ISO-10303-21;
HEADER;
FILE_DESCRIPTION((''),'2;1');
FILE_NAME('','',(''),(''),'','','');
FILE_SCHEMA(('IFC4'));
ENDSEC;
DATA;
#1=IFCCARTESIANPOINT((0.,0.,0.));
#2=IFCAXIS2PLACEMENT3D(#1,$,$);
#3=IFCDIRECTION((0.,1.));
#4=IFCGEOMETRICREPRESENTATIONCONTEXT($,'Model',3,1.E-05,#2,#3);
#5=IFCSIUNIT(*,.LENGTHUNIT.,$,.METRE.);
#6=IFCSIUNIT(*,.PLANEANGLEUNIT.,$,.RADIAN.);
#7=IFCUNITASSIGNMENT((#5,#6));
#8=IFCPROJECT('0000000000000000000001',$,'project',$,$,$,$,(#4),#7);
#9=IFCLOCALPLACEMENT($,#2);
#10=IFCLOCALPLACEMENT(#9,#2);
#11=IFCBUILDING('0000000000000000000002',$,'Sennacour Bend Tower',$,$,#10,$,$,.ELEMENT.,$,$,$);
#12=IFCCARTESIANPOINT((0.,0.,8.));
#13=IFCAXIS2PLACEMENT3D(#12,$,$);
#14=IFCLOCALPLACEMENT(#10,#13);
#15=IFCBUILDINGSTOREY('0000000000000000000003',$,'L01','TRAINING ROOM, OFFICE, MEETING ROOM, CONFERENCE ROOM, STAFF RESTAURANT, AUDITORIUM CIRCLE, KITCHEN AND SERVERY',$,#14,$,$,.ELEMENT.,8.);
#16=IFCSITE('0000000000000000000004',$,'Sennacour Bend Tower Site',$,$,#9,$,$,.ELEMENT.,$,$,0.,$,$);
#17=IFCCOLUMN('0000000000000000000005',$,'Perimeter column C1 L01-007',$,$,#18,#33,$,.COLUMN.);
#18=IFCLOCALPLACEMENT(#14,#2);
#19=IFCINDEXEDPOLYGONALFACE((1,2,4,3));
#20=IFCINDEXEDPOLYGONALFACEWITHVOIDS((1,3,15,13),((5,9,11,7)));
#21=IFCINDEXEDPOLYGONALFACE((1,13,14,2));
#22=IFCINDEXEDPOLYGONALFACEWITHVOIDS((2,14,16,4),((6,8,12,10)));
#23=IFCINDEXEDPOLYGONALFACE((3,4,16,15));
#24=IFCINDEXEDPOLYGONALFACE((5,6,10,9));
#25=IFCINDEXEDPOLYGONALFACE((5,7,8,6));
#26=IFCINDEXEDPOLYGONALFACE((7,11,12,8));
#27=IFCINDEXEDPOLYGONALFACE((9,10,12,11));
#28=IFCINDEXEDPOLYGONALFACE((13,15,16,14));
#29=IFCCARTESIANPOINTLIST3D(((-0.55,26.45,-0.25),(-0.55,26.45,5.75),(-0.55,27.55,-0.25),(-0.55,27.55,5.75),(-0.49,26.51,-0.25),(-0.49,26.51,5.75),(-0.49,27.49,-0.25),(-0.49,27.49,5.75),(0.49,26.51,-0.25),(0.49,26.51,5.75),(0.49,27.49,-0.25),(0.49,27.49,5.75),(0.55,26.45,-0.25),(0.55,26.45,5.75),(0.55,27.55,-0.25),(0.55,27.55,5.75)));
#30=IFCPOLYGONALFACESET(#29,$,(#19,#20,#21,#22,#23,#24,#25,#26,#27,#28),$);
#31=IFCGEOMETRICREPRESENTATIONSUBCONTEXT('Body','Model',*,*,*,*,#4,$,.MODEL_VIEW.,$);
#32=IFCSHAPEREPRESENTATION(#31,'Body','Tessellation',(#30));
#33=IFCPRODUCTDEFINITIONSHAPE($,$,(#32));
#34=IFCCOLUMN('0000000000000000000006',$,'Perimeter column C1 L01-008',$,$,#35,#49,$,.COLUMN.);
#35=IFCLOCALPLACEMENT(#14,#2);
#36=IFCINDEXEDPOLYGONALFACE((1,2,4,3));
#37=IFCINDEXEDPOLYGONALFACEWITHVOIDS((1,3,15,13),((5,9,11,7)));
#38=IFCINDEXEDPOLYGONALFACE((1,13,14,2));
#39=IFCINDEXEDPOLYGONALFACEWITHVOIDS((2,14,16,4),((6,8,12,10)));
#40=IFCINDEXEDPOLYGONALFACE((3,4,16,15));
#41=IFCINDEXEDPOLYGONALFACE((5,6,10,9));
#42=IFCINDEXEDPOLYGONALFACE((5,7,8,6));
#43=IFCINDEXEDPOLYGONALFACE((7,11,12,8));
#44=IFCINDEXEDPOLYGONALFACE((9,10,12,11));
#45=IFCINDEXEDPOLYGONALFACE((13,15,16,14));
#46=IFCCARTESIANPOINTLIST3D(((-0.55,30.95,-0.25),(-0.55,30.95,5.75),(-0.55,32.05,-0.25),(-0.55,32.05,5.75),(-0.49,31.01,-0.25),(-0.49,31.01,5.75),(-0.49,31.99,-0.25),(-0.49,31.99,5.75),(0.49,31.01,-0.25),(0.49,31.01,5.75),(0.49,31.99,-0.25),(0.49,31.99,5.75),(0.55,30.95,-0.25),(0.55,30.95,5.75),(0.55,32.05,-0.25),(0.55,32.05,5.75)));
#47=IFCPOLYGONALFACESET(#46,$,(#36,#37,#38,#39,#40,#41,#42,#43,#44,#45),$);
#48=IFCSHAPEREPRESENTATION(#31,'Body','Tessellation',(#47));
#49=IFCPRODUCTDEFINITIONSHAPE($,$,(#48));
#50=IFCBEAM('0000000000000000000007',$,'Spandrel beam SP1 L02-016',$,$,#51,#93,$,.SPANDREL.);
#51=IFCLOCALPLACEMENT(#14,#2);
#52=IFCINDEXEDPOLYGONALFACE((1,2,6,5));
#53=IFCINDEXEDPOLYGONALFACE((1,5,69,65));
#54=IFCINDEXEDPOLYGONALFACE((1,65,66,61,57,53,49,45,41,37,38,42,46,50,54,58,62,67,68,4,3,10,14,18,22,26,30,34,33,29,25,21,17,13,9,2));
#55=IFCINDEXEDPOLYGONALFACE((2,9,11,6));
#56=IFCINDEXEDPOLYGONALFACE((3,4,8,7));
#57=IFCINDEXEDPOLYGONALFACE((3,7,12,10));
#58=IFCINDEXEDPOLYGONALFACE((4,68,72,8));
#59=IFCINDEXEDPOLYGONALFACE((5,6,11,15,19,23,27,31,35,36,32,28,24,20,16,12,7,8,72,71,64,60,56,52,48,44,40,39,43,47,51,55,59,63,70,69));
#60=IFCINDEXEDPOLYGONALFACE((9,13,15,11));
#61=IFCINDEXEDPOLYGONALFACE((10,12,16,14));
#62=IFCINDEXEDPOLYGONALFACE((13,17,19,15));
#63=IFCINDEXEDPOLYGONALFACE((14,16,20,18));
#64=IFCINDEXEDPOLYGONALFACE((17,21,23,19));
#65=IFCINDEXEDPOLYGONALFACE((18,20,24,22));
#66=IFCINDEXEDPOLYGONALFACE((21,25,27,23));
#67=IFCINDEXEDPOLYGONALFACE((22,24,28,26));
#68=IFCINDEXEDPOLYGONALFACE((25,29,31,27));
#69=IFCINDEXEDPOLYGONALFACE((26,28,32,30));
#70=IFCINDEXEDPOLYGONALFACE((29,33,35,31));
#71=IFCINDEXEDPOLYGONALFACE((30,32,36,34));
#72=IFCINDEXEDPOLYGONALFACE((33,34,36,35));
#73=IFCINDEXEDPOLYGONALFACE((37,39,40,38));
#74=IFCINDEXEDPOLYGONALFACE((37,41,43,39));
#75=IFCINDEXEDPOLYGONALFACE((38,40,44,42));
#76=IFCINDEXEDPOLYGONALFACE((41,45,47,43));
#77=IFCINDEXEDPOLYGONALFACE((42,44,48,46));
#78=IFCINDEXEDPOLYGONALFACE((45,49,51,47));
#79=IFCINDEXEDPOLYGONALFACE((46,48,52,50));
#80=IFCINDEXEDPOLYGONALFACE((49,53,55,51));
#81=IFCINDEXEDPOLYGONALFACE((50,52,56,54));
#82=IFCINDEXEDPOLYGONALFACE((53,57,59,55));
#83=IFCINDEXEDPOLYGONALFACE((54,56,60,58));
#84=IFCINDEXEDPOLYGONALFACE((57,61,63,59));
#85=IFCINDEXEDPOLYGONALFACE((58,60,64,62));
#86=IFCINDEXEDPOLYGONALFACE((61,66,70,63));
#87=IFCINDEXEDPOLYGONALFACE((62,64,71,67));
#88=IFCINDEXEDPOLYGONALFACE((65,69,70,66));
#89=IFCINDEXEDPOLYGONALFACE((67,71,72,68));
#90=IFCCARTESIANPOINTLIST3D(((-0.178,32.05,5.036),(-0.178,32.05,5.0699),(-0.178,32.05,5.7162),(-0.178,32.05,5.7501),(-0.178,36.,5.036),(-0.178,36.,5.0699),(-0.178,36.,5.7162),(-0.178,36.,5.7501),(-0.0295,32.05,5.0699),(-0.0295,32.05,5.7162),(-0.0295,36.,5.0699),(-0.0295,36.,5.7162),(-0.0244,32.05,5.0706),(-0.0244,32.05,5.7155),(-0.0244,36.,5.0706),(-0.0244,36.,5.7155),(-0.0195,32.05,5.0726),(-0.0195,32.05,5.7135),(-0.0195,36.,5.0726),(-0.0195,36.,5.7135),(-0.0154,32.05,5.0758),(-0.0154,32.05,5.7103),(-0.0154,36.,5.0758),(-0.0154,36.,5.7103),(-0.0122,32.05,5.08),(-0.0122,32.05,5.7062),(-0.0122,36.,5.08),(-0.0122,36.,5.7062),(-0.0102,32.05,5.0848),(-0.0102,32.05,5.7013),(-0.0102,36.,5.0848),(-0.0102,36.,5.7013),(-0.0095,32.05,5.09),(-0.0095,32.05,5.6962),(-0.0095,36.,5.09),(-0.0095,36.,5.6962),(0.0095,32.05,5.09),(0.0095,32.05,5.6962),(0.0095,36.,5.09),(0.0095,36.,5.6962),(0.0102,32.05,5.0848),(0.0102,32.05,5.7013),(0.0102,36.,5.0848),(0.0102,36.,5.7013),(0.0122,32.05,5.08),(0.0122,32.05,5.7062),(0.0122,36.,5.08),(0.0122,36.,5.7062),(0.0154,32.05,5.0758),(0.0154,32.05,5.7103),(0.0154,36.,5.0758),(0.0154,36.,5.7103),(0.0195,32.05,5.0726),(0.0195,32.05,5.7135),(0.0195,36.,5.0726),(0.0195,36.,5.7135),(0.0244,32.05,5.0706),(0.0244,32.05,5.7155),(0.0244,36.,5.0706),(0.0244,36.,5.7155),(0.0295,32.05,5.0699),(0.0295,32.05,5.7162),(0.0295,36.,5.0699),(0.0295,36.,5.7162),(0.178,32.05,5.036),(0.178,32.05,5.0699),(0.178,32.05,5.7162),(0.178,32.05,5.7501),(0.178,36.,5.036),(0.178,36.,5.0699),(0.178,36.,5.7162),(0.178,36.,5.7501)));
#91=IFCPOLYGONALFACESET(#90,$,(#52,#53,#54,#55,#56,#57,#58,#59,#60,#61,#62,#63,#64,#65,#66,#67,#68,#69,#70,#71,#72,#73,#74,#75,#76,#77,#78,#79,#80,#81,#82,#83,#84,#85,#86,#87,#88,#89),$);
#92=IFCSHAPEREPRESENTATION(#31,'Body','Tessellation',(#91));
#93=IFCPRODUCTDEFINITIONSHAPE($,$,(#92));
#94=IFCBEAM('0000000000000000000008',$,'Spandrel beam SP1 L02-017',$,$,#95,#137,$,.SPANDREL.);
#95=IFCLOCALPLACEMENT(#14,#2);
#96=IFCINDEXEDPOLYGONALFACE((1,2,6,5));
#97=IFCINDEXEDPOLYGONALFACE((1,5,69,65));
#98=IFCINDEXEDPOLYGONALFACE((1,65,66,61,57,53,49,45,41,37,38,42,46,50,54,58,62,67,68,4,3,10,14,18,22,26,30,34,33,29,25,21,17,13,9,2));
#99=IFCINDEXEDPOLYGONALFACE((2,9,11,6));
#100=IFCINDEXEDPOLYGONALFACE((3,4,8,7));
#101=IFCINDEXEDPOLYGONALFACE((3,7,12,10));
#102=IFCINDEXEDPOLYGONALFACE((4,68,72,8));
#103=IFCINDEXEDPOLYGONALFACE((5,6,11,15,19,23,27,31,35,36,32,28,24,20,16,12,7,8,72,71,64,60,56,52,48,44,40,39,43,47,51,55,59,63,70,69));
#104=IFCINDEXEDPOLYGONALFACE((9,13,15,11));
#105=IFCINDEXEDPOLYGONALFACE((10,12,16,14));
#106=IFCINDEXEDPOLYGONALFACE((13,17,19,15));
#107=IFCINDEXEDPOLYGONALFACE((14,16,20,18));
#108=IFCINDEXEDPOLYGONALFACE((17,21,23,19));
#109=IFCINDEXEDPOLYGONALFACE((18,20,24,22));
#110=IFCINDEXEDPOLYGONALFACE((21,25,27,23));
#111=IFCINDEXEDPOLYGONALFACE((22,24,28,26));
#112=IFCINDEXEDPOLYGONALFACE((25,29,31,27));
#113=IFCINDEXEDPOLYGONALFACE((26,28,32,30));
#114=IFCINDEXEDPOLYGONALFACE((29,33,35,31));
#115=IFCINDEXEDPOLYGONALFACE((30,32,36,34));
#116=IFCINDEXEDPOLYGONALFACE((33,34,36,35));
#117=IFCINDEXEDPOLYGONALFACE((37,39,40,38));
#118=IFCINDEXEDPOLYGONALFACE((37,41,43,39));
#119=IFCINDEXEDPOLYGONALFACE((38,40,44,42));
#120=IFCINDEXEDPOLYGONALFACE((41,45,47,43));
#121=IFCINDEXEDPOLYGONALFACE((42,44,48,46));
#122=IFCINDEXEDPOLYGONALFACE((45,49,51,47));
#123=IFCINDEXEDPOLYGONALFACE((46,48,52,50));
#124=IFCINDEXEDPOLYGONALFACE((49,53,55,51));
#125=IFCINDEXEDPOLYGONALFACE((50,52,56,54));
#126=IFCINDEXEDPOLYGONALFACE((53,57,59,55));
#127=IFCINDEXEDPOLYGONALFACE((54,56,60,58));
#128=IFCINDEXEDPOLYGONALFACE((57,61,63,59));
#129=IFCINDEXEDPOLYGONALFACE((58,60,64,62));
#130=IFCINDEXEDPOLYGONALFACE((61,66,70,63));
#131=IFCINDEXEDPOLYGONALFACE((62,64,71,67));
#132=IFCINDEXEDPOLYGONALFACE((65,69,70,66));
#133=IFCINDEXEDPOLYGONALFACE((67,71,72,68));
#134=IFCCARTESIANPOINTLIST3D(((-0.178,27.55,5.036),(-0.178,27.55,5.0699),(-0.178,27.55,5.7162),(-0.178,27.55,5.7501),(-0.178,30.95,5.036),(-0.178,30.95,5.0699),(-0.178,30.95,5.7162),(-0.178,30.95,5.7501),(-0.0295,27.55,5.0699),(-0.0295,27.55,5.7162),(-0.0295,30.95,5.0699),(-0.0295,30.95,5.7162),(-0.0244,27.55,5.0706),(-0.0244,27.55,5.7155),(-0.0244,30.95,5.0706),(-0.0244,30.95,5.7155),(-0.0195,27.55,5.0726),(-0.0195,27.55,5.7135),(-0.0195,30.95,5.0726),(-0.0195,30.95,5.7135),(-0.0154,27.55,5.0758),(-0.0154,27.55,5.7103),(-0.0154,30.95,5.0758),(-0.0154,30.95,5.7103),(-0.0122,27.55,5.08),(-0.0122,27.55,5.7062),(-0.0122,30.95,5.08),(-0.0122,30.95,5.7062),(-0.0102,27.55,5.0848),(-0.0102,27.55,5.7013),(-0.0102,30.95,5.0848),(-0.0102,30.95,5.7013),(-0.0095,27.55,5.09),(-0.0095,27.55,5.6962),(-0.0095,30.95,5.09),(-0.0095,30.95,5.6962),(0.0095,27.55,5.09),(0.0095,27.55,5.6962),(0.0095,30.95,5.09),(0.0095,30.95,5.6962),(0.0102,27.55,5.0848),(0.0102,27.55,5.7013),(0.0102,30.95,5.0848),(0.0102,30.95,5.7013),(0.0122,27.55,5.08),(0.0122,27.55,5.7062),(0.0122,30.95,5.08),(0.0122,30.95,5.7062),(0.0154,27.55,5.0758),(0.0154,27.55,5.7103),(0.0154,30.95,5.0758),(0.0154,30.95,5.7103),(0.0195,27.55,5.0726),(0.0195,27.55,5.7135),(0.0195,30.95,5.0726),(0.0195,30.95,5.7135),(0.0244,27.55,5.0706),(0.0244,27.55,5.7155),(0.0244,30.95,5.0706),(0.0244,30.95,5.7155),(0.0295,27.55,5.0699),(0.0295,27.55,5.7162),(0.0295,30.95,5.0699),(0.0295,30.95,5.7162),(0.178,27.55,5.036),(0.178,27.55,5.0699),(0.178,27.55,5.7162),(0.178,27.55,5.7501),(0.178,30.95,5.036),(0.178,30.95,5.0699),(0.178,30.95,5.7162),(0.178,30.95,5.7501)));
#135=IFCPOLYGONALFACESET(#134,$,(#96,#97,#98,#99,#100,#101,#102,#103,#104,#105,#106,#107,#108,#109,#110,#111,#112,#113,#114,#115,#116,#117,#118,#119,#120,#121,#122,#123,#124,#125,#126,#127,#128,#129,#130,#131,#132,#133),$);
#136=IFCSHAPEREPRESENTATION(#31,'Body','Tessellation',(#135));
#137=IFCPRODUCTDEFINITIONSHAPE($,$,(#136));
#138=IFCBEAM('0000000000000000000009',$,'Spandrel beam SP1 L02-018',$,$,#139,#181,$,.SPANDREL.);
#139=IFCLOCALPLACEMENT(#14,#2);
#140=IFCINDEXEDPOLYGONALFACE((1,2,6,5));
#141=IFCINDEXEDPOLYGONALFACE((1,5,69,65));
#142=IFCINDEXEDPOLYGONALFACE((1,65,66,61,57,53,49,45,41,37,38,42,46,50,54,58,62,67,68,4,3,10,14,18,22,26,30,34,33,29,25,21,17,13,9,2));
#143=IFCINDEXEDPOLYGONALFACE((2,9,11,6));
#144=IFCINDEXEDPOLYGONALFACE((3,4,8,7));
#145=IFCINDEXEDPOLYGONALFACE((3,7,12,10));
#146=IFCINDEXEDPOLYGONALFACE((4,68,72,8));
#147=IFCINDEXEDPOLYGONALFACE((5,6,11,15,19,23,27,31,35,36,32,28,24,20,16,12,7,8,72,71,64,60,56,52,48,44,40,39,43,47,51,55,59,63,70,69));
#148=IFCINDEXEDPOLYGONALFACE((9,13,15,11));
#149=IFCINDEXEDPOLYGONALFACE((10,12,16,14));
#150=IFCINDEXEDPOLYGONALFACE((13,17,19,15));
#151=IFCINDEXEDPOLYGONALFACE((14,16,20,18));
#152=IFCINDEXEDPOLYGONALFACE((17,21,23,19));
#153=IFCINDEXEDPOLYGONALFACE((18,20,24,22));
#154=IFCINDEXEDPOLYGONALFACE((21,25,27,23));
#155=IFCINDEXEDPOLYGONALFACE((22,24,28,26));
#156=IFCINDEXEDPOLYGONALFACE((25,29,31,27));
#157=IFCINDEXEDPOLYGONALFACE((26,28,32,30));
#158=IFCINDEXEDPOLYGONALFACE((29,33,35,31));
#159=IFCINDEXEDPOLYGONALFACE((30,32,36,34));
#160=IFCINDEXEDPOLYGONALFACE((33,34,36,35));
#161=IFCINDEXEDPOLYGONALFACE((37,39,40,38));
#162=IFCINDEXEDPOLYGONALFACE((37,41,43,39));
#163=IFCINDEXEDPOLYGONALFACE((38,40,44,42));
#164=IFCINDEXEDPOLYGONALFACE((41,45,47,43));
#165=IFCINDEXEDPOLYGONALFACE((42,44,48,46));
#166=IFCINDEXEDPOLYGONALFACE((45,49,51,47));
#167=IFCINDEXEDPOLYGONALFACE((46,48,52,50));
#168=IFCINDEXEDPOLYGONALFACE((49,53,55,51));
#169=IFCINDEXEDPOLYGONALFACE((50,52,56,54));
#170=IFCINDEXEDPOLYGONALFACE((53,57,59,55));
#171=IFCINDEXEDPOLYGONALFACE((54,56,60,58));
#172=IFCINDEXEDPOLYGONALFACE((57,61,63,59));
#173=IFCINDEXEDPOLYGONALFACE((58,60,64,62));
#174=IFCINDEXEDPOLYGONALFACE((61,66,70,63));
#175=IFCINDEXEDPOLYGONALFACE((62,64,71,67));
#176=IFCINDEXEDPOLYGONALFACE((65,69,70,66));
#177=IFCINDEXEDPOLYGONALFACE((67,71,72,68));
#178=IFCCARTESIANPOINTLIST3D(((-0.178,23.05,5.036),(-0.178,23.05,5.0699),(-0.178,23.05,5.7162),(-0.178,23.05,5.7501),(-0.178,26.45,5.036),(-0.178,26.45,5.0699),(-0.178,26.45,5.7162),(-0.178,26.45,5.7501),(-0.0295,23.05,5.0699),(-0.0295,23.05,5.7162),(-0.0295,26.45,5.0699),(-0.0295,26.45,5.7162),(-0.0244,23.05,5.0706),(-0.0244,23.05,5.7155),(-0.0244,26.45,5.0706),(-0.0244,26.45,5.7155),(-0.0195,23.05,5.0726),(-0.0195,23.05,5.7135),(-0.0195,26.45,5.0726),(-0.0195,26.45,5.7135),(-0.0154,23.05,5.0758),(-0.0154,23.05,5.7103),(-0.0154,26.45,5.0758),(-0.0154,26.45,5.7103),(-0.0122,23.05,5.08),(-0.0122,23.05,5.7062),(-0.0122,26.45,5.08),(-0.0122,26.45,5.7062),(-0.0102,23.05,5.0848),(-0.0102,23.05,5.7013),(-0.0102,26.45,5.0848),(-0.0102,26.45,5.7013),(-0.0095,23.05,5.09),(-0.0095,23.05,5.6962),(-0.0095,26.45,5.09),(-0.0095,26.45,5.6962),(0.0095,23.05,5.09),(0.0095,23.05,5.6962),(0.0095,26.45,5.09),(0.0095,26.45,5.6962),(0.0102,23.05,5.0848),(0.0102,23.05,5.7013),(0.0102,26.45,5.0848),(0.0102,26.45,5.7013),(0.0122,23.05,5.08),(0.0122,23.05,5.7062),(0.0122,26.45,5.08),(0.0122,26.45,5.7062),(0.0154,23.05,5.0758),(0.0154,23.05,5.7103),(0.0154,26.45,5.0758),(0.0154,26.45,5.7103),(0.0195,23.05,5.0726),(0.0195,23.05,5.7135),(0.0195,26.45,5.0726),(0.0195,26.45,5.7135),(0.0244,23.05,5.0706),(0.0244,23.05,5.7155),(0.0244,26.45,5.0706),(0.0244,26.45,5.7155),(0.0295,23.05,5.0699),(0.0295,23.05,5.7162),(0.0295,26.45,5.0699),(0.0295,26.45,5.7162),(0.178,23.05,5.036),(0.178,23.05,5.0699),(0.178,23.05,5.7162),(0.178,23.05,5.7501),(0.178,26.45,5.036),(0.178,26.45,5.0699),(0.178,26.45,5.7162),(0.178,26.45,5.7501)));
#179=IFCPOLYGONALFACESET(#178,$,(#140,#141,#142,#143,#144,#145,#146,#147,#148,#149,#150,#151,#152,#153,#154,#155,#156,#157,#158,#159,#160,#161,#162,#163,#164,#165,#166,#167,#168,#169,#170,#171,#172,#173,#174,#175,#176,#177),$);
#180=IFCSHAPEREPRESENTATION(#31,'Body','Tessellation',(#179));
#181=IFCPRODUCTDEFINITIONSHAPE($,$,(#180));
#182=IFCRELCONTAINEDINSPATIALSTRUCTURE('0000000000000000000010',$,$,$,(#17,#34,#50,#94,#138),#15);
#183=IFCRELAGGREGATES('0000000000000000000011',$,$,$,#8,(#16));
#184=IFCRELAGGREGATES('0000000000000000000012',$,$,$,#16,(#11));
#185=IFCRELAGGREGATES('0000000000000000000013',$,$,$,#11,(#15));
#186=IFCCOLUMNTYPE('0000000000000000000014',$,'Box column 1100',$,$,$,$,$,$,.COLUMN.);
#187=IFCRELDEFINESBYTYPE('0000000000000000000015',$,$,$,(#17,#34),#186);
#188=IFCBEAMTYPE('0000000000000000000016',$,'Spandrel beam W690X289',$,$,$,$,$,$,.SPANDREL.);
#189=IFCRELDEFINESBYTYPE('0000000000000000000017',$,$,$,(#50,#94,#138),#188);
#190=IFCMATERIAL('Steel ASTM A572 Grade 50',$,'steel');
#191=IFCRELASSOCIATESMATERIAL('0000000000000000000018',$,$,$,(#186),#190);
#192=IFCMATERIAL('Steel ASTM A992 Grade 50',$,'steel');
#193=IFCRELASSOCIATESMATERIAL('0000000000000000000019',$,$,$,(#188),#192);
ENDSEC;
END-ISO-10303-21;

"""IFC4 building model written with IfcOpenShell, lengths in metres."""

from ifc_helpers import new_model, si_unit, direction, frame, origin, origin_2d, place, context, subcontext, project, spatial, hollow_rectangle, i_section, extrude, material, material_profile, profile_set, type_object, element, save


model = new_model("IFC4")

# Units and contexts
model_context = context("Model", 3, precision=1e-05, world=origin(), true_north=direction((0.0, 1.0)))
body_context = subcontext(model_context, "Body", "Model", "MODEL_VIEW")
ifc_project = project(units=[si_unit("LENGTHUNIT", "METRE"), si_unit("PLANEANGLEUNIT", "RADIAN")], contexts=[model_context])

# Site, building, storey
site_placement = place(None, origin())
site = spatial("IfcSite", under=ifc_project, at=site_placement, Name="Sennacour Bend Tower Site", CompositionType="ELEMENT", RefElevation=0.0)
building_placement = place(site_placement, origin())
building = spatial("IfcBuilding", under=site, at=building_placement, Name="Sennacour Bend Tower", CompositionType="ELEMENT")
storey_placement = place(building_placement, frame((0.0, 0.0, 8.0)))
storey = spatial("IfcBuildingStorey", under=building, at=storey_placement, Name="L01", Description="TRAINING ROOM, OFFICE, MEETING ROOM, CONFERENCE ROOM, STAFF RESTAURANT, AUDITORIUM CIRCLE, KITCHEN AND SERVERY", CompositionType="ELEMENT", Elevation=8.0)

# Columns
ifc_material_1 = material(Name="Steel ASTM A572 Grade 50", Category="steel")
ifc_material_profile_1 = material_profile(ifc_material_1, hollow_rectangle(XDim=1.1001, YDim=1.1001, WallThickness=0.0601, at=origin_2d()), Name="Steel ASTM A572 Grade 50", Category="steel")
ifc_profile_set_1 = profile_set([ifc_material_profile_1], Name="Steel ASTM A572 Grade 50")
column_type = type_object("IfcColumnType", Name="Box column 1100", PredefinedType="COLUMN", material=ifc_profile_set_1)
for number, where, z_axis, x_axis, name in (
    (1, (0.0, 27.0, -0.25), (0.0, 0.0, 1.0), (1.0, 0.0, 0.0), "Perimeter column C1 L01-007"),
    (2, (0.0, 31.5, -0.25), (0.0, 0.0, 1.0), (1.0, 0.0, 0.0), "Perimeter column C1 L01-008"),
):
    element("IfcColumn", number, at=place(storey_placement, frame(where, z_axis=z_axis, x_axis=x_axis)), inside=storey, type_object=column_type, Name=name, PredefinedType="COLUMN", context=body_context, shape_type="SweptSolid", body=[
        extrude(hollow_rectangle(XDim=1.1001, YDim=1.1001, WallThickness=0.0601, at=origin_2d()), origin(), (0.0, 0.0, 1.0), 6.0),
    ])

# Beams
ifc_material_2 = material(Name="Steel ASTM A992 Grade 50", Category="steel")
ifc_material_profile_2 = material_profile(ifc_material_2, i_section(OverallWidth=0.356, OverallDepth=0.7141, WebThickness=0.019, FlangeThickness=0.0339, FilletRadius=0.02, at=origin_2d()), Name="Steel ASTM A992 Grade 50", Category="steel")
ifc_profile_set_2 = profile_set([ifc_material_profile_2], Name="Steel ASTM A992 Grade 50")
beam_type = type_object("IfcBeamType", Name="Spandrel beam W690X289", PredefinedType="SPANDREL", material=ifc_profile_set_2)
beam_placement = place(storey_placement, frame((0.0, 36.0, 5.3931), z_axis=(0.0, -1.0, 0.0), x_axis=(1.0, 0.0, 0.0)))
element("IfcBeam", 3, at=beam_placement, inside=storey, type_object=beam_type, Name="Spandrel beam SP1 L02-016", PredefinedType="SPANDREL", context=body_context, shape_type="SweptSolid", body=[
    extrude(i_section(OverallWidth=0.356, OverallDepth=0.7141, WebThickness=0.019, FlangeThickness=0.0339, FilletRadius=0.02, at=origin_2d()), origin(), (0.0, 0.0, 1.0), 3.95),
])
for number, where, z_axis, x_axis, name in (
    (4, (0.0, 30.95, 5.3931), (0.0, -1.0, 0.0), (1.0, 0.0, 0.0), "Spandrel beam SP1 L02-017"),
    (5, (0.0, 26.45, 5.3931), (0.0, -1.0, 0.0), (1.0, 0.0, 0.0), "Spandrel beam SP1 L02-018"),
):
    element("IfcBeam", number, at=place(storey_placement, frame(where, z_axis=z_axis, x_axis=x_axis)), inside=storey, type_object=beam_type, Name=name, PredefinedType="SPANDREL", context=body_context, shape_type="SweptSolid", body=[
        extrude(i_section(OverallWidth=0.356, OverallDepth=0.7141, WebThickness=0.019, FlangeThickness=0.0339, FilletRadius=0.02, at=origin_2d()), origin(), (0.0, 0.0, 1.0), 3.3999),
    ])

save(model, "model.ifc")
